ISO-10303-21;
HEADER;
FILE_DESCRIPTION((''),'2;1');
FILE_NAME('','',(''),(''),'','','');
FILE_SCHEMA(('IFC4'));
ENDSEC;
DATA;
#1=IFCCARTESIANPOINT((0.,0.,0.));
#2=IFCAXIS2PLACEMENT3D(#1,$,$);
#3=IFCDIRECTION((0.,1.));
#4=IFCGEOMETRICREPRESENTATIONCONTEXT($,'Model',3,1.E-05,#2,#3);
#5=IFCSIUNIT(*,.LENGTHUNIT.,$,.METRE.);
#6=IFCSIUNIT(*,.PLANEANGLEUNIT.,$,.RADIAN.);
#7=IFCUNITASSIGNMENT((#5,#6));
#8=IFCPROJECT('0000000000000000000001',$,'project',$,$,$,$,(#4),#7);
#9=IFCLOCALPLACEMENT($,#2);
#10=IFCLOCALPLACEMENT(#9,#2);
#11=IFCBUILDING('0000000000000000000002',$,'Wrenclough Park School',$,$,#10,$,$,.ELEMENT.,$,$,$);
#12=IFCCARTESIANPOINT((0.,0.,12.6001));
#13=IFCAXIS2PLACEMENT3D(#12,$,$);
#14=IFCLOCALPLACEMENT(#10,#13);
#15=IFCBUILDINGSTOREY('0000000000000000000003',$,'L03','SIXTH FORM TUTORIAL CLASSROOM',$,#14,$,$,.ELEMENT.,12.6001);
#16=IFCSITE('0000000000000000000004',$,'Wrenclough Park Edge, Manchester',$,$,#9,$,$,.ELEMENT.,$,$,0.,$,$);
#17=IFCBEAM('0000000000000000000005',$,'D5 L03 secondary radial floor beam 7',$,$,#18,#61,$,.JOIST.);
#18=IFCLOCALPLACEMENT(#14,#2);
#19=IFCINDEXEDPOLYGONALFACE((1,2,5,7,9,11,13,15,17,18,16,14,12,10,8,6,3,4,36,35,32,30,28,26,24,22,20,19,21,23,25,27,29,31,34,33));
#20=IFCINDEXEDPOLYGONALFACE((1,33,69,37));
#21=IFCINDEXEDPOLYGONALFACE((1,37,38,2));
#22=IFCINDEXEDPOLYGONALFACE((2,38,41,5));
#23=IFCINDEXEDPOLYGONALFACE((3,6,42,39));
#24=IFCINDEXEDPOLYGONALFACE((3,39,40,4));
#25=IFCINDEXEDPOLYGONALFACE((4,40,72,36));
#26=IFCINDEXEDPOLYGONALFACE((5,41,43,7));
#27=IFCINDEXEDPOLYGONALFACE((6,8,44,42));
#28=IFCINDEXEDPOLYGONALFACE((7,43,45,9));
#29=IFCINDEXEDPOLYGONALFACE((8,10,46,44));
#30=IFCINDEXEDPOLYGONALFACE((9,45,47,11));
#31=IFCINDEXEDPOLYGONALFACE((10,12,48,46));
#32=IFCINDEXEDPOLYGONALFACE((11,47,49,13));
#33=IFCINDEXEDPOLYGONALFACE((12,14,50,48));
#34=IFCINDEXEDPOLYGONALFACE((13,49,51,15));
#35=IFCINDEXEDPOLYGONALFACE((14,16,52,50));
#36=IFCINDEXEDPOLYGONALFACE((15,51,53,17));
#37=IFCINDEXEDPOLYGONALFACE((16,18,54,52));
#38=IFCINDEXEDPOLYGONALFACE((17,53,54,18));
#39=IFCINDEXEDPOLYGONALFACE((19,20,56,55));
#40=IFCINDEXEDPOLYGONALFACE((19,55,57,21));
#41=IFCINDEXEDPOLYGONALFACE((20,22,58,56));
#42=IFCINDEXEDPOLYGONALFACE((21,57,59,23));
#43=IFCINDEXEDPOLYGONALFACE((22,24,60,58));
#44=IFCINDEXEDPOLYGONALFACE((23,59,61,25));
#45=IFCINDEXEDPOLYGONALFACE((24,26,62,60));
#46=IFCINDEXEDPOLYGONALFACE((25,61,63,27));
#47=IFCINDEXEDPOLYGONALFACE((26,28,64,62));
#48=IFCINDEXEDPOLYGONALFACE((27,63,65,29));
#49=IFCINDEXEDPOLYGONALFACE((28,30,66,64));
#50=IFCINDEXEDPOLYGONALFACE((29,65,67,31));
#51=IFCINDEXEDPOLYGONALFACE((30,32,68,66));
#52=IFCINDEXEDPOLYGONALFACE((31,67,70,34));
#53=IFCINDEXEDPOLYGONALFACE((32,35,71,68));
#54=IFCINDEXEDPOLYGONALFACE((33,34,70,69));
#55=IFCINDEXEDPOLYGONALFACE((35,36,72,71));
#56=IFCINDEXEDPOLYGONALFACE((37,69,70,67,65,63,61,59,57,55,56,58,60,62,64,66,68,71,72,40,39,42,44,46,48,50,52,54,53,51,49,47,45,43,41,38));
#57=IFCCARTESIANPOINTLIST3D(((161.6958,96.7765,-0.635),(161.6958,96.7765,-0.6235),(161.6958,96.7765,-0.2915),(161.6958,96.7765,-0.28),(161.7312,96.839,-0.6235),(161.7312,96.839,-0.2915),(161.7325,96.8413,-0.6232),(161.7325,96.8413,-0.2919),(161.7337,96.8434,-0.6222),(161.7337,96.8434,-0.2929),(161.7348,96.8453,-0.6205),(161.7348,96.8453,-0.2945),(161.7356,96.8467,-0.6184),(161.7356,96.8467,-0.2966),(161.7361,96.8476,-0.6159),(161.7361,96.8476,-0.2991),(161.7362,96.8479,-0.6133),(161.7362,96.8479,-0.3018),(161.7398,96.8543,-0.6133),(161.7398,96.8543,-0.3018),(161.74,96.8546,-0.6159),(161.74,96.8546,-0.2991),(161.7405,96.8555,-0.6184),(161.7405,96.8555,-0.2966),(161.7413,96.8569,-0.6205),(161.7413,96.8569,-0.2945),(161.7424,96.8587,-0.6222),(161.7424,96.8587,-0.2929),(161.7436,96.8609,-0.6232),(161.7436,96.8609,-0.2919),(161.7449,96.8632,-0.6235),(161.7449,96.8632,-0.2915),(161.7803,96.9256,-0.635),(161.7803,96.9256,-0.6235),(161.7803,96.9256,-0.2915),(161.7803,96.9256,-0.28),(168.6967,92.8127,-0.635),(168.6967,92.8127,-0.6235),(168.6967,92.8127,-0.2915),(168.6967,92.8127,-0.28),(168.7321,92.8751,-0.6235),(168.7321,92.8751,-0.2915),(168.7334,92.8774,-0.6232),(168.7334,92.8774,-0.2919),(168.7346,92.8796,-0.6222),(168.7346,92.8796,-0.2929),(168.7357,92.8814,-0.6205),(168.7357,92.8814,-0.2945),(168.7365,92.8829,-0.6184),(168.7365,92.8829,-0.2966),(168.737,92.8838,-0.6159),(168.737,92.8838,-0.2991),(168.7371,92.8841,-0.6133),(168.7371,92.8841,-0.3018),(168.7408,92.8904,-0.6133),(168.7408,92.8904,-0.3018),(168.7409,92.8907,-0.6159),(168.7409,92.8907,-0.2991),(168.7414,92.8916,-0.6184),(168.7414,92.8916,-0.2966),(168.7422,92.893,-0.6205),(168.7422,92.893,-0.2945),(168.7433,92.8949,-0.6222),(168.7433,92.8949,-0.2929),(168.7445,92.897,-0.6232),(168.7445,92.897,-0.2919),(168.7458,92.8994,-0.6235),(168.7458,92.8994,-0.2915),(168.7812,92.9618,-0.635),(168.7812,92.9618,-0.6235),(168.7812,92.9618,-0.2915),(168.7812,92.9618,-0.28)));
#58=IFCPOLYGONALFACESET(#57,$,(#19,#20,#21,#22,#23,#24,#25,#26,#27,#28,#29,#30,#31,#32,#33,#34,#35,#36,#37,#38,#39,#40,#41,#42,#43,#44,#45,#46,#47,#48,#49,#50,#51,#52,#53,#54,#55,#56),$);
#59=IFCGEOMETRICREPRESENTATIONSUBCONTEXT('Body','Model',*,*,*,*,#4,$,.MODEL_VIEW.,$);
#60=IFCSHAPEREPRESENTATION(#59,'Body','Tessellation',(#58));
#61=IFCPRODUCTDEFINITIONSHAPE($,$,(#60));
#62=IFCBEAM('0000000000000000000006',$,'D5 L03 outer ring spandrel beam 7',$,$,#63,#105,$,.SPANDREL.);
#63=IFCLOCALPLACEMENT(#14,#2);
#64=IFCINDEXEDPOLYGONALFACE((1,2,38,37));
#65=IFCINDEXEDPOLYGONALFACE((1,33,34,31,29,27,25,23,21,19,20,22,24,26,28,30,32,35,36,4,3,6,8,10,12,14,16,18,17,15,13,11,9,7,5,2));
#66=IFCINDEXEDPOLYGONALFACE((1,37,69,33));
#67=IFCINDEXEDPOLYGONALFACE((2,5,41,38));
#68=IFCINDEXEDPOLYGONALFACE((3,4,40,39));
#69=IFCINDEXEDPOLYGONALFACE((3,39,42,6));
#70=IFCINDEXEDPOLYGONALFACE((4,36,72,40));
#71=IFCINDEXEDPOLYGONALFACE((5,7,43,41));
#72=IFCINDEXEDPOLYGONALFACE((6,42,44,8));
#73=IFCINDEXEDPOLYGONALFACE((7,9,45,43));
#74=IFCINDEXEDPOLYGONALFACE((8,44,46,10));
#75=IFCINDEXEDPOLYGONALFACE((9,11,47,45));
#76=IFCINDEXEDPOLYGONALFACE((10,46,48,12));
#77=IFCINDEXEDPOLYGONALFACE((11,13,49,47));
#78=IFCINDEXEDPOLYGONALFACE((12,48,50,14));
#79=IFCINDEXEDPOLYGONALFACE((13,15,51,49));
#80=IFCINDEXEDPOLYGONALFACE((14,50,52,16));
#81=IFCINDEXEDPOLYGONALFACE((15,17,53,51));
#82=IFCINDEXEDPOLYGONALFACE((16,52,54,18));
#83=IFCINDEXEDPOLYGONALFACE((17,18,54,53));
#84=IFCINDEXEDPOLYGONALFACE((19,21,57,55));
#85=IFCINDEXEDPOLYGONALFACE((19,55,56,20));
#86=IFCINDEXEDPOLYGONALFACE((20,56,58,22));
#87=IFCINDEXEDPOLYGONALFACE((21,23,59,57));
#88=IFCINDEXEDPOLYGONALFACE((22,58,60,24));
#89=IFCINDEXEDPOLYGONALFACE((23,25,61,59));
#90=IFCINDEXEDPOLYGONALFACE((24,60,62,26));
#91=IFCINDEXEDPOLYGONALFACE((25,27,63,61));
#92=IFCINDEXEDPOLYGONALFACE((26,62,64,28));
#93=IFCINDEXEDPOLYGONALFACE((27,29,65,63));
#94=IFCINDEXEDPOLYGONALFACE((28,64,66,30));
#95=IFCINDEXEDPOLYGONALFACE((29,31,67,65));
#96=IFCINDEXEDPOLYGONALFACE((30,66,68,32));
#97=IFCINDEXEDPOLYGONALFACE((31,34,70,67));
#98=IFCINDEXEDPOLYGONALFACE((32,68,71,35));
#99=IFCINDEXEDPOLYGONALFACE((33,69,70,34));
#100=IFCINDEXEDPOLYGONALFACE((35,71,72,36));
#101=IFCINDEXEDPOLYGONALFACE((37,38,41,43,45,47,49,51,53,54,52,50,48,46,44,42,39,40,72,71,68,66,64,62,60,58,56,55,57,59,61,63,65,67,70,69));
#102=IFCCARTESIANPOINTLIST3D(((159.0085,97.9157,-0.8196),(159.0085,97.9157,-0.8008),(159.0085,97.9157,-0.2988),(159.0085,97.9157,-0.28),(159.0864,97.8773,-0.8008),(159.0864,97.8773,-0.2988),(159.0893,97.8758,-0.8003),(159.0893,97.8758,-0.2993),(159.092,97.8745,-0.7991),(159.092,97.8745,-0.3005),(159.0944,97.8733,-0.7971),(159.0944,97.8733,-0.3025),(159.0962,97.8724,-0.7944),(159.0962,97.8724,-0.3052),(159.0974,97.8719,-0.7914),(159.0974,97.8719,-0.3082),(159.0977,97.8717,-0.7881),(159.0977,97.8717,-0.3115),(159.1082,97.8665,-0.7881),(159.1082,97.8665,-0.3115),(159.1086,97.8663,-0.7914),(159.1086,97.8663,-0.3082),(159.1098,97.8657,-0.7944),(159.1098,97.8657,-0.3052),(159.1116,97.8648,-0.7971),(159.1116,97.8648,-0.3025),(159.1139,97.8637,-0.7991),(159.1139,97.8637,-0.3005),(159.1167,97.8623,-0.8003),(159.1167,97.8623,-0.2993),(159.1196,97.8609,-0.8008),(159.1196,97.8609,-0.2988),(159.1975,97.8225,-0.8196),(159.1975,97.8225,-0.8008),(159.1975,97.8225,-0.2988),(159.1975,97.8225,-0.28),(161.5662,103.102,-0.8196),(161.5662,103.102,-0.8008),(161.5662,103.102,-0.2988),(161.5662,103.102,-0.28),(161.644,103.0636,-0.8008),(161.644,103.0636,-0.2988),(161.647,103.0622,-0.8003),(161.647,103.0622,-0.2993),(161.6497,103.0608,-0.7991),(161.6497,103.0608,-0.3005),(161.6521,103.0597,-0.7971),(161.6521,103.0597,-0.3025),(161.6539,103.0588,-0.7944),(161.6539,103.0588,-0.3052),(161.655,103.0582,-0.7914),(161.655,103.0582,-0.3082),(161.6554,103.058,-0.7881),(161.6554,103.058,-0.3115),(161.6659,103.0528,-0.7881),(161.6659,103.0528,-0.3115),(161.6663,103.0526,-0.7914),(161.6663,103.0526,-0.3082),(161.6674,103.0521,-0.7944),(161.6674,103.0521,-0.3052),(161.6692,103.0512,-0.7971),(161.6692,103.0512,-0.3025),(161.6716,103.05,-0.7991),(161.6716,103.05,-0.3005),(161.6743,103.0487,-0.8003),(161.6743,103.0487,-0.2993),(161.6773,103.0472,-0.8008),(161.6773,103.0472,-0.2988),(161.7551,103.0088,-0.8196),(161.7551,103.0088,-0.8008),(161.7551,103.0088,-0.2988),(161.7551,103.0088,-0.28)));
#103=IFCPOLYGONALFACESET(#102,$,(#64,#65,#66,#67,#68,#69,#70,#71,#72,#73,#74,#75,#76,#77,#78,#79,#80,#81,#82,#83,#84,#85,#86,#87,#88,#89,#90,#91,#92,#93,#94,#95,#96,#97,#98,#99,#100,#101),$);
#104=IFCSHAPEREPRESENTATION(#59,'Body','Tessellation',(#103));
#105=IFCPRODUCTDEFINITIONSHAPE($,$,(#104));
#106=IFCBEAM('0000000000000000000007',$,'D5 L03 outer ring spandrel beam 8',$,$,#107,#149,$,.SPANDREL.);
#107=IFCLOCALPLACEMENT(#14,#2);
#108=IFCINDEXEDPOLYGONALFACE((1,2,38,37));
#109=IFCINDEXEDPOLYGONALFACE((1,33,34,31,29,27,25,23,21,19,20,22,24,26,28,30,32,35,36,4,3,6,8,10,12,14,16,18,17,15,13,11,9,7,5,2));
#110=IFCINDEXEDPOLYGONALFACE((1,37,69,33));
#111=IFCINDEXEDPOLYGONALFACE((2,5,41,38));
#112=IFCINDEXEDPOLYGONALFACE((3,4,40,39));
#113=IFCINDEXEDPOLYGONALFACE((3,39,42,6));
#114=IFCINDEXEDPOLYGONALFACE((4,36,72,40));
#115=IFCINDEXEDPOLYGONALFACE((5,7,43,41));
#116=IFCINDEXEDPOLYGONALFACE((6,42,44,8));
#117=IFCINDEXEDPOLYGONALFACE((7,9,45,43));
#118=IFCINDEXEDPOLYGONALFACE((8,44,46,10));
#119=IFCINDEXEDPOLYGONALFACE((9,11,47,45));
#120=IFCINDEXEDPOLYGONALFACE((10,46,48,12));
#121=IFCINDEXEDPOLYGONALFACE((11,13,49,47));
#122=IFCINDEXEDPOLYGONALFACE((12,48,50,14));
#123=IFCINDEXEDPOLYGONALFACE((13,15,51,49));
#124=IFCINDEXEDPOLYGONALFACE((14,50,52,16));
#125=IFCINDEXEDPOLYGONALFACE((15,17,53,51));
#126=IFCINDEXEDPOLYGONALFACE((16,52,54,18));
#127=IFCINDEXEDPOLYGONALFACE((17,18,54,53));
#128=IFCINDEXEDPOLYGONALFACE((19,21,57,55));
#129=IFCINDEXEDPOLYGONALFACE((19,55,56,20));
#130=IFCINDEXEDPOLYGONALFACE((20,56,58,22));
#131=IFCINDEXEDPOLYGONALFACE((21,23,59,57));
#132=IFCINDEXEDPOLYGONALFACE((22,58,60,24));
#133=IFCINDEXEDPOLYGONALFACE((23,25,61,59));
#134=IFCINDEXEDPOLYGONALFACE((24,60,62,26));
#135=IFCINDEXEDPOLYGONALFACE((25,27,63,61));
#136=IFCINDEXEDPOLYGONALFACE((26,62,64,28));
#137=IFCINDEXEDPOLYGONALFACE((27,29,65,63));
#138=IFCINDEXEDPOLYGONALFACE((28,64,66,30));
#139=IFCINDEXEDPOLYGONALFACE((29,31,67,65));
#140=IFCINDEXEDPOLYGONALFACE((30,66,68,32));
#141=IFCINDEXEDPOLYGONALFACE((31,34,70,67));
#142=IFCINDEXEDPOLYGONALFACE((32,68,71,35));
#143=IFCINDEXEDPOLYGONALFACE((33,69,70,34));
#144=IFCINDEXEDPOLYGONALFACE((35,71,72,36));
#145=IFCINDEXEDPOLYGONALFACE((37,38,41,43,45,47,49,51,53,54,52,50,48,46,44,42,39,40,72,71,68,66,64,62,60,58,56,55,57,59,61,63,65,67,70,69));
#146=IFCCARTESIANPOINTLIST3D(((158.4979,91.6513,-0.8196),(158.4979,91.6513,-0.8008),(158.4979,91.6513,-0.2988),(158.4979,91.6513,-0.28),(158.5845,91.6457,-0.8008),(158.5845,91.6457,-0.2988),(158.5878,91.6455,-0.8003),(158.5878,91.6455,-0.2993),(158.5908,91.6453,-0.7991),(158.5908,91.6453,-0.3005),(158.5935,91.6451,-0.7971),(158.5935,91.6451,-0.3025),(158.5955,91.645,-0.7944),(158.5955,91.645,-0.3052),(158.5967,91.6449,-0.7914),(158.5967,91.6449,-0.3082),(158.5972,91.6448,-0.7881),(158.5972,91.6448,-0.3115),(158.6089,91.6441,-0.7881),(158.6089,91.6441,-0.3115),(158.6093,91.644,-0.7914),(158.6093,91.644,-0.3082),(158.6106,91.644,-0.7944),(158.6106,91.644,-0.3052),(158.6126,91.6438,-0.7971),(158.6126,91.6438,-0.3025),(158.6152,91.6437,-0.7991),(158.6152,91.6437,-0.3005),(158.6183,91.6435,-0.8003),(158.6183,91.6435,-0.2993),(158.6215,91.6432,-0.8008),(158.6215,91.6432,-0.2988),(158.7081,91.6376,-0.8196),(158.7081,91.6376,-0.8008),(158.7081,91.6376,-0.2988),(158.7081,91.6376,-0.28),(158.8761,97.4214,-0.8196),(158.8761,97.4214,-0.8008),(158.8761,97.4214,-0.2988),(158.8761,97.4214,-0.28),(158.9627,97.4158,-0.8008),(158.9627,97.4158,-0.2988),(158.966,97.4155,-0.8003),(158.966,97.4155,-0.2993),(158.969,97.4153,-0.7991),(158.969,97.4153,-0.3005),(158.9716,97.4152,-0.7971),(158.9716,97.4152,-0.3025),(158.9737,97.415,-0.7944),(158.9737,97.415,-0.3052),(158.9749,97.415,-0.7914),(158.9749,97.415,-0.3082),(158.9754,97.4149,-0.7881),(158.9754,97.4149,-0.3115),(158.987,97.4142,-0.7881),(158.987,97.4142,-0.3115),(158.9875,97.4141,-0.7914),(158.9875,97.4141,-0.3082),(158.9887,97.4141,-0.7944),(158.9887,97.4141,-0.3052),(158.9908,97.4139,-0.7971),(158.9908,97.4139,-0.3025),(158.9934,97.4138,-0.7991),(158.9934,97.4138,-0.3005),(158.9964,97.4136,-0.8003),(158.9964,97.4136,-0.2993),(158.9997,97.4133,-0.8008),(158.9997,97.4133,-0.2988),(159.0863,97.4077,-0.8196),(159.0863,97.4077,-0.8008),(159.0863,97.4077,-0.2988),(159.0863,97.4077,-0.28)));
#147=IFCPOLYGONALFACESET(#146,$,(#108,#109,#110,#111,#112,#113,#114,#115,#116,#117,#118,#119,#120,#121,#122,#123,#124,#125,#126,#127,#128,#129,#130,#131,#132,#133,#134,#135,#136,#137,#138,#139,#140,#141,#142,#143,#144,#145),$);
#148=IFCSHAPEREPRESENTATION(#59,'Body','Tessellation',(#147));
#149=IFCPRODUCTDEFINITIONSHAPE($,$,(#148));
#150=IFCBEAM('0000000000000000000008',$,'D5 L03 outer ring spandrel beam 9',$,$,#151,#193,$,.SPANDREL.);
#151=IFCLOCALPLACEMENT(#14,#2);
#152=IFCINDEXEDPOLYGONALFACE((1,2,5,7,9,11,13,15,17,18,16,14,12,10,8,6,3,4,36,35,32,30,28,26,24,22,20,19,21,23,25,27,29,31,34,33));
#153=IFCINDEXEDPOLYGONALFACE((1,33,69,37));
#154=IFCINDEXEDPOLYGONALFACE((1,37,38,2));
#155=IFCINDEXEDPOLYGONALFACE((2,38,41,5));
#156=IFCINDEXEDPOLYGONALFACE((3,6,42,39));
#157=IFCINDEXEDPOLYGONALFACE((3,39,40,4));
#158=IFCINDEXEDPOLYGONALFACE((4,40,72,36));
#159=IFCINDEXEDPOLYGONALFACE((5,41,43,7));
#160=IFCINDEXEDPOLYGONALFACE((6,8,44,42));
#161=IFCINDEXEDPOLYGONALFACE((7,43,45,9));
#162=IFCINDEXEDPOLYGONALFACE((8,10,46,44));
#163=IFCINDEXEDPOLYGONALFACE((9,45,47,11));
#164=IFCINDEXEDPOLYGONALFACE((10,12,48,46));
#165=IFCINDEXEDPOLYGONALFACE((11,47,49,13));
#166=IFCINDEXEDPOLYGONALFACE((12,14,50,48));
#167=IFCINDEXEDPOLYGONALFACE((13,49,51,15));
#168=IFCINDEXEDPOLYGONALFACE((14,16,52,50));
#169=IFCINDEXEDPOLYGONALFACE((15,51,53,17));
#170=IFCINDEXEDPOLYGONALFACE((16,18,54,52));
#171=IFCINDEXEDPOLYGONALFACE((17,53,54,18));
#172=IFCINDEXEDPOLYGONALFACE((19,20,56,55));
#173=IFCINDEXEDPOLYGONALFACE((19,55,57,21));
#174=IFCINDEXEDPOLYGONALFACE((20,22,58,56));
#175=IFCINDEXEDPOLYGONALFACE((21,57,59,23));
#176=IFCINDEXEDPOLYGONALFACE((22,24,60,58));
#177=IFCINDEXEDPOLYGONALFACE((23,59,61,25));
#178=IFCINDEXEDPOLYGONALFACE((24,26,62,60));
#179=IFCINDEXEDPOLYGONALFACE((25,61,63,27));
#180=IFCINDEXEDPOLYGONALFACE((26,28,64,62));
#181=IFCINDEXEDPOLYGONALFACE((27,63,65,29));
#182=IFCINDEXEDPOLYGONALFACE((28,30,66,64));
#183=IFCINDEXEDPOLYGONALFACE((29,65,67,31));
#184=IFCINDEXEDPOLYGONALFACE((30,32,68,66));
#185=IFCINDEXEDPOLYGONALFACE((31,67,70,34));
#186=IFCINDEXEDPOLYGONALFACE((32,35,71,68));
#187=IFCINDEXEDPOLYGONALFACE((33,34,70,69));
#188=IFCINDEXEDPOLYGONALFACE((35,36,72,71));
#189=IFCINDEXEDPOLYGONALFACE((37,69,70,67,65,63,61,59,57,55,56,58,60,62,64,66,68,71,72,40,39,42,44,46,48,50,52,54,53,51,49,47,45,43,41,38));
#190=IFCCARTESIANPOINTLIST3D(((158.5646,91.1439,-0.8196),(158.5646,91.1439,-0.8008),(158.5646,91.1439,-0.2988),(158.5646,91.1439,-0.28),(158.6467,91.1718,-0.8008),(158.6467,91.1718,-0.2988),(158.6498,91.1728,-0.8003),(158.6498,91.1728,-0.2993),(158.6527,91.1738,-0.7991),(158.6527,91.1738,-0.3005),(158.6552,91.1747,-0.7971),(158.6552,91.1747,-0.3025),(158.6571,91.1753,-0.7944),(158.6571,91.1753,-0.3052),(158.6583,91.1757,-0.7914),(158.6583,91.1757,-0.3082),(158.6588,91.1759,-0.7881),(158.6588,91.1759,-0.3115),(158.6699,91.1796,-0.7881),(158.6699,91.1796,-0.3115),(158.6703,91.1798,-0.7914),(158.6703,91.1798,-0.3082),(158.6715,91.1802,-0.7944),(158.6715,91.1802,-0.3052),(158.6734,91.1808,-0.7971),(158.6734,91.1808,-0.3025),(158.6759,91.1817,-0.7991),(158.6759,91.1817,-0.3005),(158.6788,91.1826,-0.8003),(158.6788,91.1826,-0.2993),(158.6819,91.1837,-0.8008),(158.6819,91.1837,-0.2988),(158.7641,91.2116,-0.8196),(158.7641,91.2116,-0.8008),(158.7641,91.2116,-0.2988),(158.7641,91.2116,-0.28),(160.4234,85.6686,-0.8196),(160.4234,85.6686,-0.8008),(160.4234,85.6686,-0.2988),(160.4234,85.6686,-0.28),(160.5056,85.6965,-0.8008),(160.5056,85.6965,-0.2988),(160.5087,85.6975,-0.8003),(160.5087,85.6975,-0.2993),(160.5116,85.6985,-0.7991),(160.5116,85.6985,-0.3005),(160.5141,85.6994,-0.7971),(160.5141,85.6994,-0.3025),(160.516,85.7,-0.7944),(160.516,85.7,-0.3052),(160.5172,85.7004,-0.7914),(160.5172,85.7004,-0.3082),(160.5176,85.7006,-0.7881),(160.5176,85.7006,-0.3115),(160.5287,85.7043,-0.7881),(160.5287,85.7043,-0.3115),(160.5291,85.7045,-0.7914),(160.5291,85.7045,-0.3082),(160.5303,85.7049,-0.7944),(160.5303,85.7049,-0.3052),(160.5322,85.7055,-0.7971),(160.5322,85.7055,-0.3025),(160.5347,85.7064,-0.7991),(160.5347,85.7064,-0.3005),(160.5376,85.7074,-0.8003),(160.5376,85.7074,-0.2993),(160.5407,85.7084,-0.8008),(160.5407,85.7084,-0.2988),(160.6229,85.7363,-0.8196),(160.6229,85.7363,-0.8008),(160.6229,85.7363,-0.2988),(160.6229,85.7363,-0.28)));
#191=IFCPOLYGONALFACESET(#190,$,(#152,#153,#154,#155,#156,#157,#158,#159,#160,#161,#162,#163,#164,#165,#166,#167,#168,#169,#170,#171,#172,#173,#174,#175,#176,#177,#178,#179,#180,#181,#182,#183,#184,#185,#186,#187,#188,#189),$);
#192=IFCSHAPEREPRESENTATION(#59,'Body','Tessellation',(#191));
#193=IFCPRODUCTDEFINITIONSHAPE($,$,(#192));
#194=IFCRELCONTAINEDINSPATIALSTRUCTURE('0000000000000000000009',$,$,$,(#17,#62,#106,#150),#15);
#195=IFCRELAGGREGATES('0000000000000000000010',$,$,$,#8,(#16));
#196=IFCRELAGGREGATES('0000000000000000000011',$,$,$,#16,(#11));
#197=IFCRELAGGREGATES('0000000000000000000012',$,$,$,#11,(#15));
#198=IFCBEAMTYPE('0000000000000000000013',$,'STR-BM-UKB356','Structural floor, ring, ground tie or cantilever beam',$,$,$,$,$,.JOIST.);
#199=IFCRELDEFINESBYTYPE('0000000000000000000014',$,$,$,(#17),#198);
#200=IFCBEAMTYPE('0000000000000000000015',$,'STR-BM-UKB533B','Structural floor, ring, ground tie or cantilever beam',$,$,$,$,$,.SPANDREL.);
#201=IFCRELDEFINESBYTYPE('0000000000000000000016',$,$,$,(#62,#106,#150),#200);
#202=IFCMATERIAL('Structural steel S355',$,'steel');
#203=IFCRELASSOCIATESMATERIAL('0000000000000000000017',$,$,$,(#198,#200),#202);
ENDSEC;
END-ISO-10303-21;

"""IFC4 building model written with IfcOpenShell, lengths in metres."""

from ifc_helpers import new_model, si_unit, direction, frame, origin, origin_2d, place, context, subcontext, project, spatial, i_section, extrude, material, material_profile, profile_set, type_object, element, save


model = new_model("IFC4")

# Units and contexts
model_context = context("Model", 3, precision=1e-05, world=origin(), true_north=direction((0.0, 1.0)))
body_context = subcontext(model_context, "Body", "Model", "MODEL_VIEW")
ifc_project = project(units=[si_unit("LENGTHUNIT", "METRE"), si_unit("PLANEANGLEUNIT", "RADIAN")], contexts=[model_context])

# Site, building, storey
site_placement = place(None, origin())
site = spatial("IfcSite", under=ifc_project, at=site_placement, Name="Wrenclough Park Edge, Manchester", CompositionType="ELEMENT", RefElevation=0.0)
building_placement = place(site_placement, origin())
building = spatial("IfcBuilding", under=site, at=building_placement, Name="Wrenclough Park School", CompositionType="ELEMENT")
storey_placement = place(building_placement, frame((0.0, 0.0, 12.6001)))
storey = spatial("IfcBuildingStorey", under=building, at=storey_placement, Name="L03", Description="SIXTH FORM TUTORIAL CLASSROOM", CompositionType="ELEMENT", Elevation=12.6001)

# Beams
ifc_material_1 = material(Name="Structural steel S355", Category="steel")
ifc_material_profile_1 = material_profile(ifc_material_1, i_section(OverallWidth=0.1714, OverallDepth=0.355, WebThickness=0.0073, FlangeThickness=0.0115, FilletRadius=0.0103, at=origin_2d()), Name="UKB 356x171x51")
ifc_profile_set_1 = profile_set([ifc_material_profile_1], Name="Structural steel S355")
beam_type_1 = type_object("IfcBeamType", Name="STR-BM-UKB356", Description="Structural floor, ring, ground tie or cantilever beam", PredefinedType="JOIST", material=ifc_profile_set_1)
beam_1_placement = place(storey_placement, frame((161.738, 96.8511, -0.4575), z_axis=(0.870201, -0.492697, 0.0), x_axis=(0.492697, 0.870201, 0.0)))
element("IfcBeam", 1, at=beam_1_placement, inside=storey, type_object=beam_type_1, Name="D5 L03 secondary radial floor beam 7", PredefinedType="JOIST", context=body_context, shape_type="SweptSolid", body=[
    extrude(i_section(OverallWidth=0.1714, OverallDepth=0.355, WebThickness=0.0073, FlangeThickness=0.0115, FilletRadius=0.0103, at=origin_2d()), origin(), (0.0, 0.0, 1.0), 8.0452),
])
ifc_material_profile_2 = material_profile(ifc_material_1, i_section(OverallWidth=0.2107, OverallDepth=0.5396, WebThickness=0.0117, FlangeThickness=0.0188, FilletRadius=0.0127, at=origin_2d()), Name="UKB 533x210x109")
ifc_profile_set_2 = profile_set([ifc_material_profile_2], Name="Structural steel S355")
beam_type_2 = type_object("IfcBeamType", Name="STR-BM-UKB533B", Description="Structural floor, ring, ground tie or cantilever beam", PredefinedType="SPANDREL", material=ifc_profile_set_2)
beam_2_placement = place(storey_placement, frame((161.6606, 103.0554, -0.5498), z_axis=(-0.442292, -0.896871, 0.0), x_axis=(0.896871, -0.442292, 0.0)))
element("IfcBeam", 2, at=beam_2_placement, inside=storey, type_object=beam_type_2, Name="D5 L03 outer ring spandrel beam 7", PredefinedType="SPANDREL", context=body_context, shape_type="SweptSolid", body=[
    extrude(i_section(OverallWidth=0.2107, OverallDepth=0.5396, WebThickness=0.0117, FlangeThickness=0.0188, FilletRadius=0.0127, at=origin_2d()), origin(), (0.0, 0.0, 1.0), 5.7827),
])
beam_3_placement = place(storey_placement, frame((158.9812, 97.4146, -0.5498), z_axis=(-0.065401, -0.997859, 0.0), x_axis=(0.997859, -0.065401, 0.0)))
element("IfcBeam", 3, at=beam_3_placement, inside=storey, type_object=beam_type_2, Name="D5 L03 outer ring spandrel beam 8", PredefinedType="SPANDREL", context=body_context, shape_type="SweptSolid", body=[
    extrude(i_section(OverallWidth=0.2107, OverallDepth=0.5396, WebThickness=0.0117, FlangeThickness=0.0188, FilletRadius=0.0127, at=origin_2d()), origin(), (0.0, 0.0, 1.0), 5.7825),
])
beam_4_placement = place(storey_placement, frame((158.6643, 91.1777, -0.5498), z_axis=(0.32148, -0.946917, 0.0), x_axis=(0.946917, 0.32148, 0.0)))
element("IfcBeam", 4, at=beam_4_placement, inside=storey, type_object=beam_type_2, Name="D5 L03 outer ring spandrel beam 9", PredefinedType="SPANDREL", context=body_context, shape_type="SweptSolid", body=[
    extrude(i_section(OverallWidth=0.2107, OverallDepth=0.5396, WebThickness=0.0117, FlangeThickness=0.0188, FilletRadius=0.0127, at=origin_2d()), origin(), (0.0, 0.0, 1.0), 5.7822),
])

save(model, "model.ifc")
